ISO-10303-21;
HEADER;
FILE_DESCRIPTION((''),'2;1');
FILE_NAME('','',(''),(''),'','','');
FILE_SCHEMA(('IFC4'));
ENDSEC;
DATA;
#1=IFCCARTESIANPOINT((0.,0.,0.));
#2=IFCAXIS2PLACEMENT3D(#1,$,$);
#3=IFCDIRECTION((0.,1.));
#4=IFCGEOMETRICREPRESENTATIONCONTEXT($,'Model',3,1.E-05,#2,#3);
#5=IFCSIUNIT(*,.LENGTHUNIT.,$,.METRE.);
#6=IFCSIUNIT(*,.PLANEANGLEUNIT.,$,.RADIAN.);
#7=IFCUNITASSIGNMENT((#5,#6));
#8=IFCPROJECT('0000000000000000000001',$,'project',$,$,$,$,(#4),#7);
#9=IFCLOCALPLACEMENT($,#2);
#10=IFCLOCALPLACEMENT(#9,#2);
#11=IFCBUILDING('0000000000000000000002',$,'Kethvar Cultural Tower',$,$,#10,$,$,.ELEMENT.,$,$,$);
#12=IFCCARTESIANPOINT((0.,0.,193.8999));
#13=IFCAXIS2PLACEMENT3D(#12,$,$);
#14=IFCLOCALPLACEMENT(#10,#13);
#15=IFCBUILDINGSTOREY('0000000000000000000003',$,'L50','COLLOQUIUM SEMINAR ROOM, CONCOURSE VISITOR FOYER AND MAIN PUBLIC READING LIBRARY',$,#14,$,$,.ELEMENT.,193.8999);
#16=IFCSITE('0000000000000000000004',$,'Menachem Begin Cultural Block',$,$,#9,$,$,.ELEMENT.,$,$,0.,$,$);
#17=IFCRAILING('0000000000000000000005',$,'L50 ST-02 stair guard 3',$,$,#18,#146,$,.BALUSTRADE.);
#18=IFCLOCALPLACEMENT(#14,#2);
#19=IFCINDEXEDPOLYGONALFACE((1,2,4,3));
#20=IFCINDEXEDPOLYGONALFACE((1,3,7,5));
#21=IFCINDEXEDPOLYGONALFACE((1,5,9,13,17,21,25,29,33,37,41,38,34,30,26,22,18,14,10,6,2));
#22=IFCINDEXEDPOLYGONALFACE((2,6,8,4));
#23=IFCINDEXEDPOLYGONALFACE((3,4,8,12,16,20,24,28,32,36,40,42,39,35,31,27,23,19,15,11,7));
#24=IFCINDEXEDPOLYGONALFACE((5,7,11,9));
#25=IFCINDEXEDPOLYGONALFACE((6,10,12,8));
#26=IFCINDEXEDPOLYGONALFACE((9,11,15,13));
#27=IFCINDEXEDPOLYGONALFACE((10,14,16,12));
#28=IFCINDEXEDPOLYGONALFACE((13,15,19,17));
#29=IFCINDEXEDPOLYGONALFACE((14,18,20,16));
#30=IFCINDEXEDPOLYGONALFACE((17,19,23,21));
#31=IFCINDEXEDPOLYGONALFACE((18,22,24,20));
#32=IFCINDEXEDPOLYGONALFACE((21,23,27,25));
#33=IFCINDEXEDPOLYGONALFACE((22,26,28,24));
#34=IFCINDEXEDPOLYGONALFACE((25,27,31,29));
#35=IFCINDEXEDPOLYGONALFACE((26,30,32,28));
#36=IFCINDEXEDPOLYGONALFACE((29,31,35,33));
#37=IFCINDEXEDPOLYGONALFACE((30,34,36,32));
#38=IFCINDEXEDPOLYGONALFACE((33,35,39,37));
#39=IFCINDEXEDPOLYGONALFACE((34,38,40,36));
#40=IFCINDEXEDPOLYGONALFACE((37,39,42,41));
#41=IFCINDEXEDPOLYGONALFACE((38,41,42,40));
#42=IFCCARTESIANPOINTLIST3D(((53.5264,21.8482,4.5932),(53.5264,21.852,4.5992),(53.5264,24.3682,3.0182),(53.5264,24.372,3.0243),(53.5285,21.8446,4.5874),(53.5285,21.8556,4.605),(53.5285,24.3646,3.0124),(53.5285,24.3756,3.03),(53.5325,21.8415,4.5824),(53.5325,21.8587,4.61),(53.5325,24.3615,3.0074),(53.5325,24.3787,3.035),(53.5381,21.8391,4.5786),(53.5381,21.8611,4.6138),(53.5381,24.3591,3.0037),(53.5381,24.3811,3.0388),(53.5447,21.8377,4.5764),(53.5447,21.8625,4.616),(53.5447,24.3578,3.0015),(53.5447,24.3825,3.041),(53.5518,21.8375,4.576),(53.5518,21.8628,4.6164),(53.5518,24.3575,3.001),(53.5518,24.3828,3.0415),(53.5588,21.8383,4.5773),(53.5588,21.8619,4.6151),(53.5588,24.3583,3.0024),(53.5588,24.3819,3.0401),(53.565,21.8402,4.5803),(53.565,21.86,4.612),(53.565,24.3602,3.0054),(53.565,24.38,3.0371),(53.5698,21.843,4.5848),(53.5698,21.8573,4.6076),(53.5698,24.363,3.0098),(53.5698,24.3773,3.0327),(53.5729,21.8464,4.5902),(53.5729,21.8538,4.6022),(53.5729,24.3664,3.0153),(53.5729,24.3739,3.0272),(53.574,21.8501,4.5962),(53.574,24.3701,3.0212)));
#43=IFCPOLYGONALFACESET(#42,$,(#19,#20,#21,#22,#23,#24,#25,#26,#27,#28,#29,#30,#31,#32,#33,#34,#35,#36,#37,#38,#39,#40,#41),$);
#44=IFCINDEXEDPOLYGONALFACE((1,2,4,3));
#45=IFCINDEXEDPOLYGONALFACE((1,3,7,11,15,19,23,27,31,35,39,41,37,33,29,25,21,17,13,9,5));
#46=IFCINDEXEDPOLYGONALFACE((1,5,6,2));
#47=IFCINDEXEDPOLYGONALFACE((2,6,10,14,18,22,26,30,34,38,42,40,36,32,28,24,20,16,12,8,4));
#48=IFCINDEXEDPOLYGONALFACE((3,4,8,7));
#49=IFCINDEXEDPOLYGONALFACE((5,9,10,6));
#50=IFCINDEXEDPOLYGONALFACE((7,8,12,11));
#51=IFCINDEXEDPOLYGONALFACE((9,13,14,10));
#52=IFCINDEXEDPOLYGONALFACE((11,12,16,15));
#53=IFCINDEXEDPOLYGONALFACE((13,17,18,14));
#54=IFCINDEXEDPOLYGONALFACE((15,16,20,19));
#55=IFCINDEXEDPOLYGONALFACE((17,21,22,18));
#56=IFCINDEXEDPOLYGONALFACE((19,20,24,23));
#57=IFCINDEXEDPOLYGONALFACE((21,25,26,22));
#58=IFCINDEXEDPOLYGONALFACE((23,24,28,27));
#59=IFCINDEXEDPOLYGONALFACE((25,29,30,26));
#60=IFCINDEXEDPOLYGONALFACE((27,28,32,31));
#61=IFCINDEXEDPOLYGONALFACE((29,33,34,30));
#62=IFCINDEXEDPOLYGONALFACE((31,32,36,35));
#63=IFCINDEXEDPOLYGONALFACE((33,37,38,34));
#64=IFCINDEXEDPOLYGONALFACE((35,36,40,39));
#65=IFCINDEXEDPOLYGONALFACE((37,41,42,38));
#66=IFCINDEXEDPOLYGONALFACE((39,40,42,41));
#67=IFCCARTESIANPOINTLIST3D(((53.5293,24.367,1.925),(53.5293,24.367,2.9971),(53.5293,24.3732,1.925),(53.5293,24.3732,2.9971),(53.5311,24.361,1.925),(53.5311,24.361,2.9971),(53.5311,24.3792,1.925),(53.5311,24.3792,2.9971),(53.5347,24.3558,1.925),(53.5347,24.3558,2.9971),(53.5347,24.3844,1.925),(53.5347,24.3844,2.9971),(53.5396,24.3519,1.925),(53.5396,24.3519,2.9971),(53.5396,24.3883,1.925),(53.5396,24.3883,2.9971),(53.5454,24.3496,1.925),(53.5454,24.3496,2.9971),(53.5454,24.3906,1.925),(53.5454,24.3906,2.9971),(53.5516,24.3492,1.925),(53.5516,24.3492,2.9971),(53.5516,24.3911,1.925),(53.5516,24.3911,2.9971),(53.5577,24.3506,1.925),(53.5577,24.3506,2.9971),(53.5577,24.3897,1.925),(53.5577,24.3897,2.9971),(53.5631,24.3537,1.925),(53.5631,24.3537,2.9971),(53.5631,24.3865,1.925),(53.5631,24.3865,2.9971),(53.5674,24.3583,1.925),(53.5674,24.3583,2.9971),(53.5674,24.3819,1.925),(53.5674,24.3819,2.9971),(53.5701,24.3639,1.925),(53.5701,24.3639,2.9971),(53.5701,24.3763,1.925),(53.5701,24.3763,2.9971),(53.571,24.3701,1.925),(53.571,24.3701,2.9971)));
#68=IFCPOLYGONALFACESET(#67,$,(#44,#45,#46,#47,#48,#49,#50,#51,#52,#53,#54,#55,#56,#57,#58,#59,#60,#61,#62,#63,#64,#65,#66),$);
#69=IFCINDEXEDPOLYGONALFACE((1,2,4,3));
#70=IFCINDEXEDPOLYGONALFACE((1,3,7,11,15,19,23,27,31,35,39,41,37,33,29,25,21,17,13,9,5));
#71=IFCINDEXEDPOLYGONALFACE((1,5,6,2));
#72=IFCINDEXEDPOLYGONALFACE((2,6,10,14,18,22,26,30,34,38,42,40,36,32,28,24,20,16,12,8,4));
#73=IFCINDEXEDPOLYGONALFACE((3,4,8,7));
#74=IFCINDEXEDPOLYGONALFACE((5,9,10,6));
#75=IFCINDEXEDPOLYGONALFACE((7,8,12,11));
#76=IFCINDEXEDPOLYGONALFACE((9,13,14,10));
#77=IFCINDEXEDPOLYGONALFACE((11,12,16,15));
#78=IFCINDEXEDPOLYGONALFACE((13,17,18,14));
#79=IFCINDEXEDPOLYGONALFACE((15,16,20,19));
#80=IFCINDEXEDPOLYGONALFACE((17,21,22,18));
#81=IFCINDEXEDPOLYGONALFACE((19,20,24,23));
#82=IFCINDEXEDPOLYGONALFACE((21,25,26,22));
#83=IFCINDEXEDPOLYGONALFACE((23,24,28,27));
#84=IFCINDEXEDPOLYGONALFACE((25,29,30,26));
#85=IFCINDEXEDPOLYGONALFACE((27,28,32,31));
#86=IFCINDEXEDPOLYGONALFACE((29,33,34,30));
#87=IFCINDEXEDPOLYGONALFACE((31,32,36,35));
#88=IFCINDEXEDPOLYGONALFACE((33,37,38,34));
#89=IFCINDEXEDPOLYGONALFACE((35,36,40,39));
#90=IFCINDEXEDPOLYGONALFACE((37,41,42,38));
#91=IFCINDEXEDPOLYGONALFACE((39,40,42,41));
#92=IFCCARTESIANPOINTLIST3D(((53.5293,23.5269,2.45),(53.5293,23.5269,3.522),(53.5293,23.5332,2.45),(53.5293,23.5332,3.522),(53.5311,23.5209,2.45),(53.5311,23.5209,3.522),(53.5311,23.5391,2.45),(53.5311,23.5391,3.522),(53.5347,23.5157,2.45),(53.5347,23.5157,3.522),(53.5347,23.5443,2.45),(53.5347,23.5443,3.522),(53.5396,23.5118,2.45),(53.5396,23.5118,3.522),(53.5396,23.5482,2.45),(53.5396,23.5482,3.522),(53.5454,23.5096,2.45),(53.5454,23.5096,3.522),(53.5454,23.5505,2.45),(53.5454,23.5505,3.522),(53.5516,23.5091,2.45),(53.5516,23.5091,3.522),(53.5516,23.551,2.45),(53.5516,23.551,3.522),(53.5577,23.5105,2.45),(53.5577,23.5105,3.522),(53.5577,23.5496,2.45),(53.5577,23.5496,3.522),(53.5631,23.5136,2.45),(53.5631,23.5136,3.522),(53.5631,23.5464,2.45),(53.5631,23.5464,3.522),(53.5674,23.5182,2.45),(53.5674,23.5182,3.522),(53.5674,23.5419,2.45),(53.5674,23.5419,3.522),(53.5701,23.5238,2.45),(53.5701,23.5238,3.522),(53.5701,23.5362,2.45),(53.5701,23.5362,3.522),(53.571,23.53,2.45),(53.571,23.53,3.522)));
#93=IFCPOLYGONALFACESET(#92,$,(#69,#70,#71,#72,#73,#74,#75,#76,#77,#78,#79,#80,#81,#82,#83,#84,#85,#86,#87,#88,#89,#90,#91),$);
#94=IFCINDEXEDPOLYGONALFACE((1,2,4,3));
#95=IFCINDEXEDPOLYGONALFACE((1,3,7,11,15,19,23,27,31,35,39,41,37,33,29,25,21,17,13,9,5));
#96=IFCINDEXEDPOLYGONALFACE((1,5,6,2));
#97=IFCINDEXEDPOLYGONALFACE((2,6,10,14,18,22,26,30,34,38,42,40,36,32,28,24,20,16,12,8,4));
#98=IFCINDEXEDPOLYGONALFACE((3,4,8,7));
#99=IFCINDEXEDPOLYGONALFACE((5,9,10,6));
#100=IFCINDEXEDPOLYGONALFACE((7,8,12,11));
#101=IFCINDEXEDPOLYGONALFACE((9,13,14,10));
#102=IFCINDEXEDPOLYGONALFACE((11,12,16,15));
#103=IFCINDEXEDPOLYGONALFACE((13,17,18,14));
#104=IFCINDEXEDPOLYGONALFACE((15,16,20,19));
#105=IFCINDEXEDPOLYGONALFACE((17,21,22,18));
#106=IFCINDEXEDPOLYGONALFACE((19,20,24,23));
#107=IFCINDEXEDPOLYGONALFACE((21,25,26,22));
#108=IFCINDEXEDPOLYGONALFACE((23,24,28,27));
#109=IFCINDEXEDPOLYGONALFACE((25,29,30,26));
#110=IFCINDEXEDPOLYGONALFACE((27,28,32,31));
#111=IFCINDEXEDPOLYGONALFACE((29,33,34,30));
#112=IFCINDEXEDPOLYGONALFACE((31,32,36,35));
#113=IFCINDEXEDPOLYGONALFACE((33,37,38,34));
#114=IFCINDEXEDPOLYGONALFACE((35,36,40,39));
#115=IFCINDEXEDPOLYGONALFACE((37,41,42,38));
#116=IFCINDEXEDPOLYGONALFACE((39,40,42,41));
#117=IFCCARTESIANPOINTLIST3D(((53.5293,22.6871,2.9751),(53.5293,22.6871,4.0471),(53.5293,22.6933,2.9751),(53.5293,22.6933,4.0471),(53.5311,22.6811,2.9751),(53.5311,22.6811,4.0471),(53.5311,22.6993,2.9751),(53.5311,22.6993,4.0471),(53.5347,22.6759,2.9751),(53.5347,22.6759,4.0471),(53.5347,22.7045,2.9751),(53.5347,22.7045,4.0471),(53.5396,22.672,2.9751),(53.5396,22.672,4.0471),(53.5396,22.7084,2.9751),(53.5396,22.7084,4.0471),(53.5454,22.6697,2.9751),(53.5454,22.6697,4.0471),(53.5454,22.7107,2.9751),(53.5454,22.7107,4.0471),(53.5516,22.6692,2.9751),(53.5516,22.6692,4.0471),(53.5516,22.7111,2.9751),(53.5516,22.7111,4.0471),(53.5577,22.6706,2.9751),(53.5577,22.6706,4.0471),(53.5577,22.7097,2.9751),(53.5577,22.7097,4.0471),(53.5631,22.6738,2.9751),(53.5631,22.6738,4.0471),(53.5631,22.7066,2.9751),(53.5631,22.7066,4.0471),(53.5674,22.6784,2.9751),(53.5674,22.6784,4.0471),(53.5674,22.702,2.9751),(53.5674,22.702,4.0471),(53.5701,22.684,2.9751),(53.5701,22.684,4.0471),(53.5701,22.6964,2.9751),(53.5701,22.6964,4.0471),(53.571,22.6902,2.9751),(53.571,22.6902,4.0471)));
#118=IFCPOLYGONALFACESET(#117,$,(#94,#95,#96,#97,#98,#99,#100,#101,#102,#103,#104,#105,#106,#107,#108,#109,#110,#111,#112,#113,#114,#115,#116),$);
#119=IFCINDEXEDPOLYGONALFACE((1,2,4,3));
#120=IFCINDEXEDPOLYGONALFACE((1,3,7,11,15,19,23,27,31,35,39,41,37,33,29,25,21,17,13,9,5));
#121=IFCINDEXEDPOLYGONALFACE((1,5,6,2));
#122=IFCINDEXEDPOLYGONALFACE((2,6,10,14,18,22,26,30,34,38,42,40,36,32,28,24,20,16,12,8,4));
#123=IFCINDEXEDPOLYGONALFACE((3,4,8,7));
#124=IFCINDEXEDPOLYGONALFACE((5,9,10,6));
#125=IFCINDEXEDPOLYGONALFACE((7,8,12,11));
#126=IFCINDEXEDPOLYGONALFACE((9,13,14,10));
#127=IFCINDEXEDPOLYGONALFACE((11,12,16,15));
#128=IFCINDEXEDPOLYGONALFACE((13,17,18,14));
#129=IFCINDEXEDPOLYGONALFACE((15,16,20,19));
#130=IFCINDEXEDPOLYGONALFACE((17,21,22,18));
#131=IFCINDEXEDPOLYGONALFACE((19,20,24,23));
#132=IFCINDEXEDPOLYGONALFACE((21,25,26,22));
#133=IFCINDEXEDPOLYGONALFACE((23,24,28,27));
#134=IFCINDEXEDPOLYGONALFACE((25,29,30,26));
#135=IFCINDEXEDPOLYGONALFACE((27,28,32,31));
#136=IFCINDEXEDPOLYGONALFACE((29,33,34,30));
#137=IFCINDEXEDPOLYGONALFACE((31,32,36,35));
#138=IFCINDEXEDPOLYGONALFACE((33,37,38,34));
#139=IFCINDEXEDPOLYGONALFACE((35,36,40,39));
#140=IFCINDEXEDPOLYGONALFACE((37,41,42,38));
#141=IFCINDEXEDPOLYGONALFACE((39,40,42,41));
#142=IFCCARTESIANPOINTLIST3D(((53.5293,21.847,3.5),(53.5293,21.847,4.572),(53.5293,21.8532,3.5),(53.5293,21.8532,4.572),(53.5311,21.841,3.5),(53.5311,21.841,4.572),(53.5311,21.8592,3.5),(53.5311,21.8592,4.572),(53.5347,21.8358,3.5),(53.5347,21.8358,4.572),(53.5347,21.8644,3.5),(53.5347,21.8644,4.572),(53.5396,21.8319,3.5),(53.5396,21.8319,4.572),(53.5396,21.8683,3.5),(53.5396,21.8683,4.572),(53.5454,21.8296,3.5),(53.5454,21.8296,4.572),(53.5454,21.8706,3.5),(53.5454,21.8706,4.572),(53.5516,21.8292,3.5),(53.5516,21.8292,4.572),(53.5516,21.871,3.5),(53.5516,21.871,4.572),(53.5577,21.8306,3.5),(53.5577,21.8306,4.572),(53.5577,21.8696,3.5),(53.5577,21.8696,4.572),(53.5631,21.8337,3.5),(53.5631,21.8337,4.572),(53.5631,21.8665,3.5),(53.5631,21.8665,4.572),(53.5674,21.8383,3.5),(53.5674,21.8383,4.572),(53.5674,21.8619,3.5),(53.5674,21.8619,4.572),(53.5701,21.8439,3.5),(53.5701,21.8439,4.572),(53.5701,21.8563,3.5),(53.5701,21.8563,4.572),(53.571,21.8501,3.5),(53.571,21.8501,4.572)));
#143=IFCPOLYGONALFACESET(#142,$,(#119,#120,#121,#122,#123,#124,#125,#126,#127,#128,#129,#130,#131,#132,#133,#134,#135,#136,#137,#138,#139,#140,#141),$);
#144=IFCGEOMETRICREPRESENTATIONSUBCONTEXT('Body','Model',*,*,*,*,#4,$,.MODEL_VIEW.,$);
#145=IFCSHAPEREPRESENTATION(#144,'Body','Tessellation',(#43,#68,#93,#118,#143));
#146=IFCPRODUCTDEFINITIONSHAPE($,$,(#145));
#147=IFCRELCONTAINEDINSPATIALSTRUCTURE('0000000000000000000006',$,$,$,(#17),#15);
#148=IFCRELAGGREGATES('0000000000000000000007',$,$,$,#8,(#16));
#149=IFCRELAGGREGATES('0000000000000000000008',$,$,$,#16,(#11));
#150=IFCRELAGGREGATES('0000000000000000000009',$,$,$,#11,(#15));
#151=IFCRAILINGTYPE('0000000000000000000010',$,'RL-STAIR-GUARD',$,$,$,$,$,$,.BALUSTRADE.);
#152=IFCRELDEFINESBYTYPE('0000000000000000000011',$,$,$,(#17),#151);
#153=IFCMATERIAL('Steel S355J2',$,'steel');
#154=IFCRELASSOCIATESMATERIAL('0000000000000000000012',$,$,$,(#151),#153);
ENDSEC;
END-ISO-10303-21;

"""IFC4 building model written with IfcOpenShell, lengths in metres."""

from ifc_helpers import new_model, si_unit, direction, frame, origin, origin_2d, place, context, subcontext, project, spatial, circle, extrude, material, type_object, element, save


model = new_model("IFC4")

# Units and contexts
model_context = context("Model", 3, precision=1e-05, world=origin(), true_north=direction((0.0, 1.0)))
body_context = subcontext(model_context, "Body", "Model", "MODEL_VIEW")
ifc_project = project(units=[si_unit("LENGTHUNIT", "METRE"), si_unit("PLANEANGLEUNIT", "RADIAN")], contexts=[model_context])

# Site, building, storey
site_placement = place(None, origin())
site = spatial("IfcSite", under=ifc_project, at=site_placement, Name="Menachem Begin Cultural Block", CompositionType="ELEMENT", RefElevation=0.0)
building_placement = place(site_placement, origin())
building = spatial("IfcBuilding", under=site, at=building_placement, Name="Kethvar Cultural Tower", CompositionType="ELEMENT")
storey_placement = place(building_placement, frame((0.0, 0.0, 193.8999)))
storey = spatial("IfcBuildingStorey", under=building, at=storey_placement, Name="L50", Description="COLLOQUIUM SEMINAR ROOM, CONCOURSE VISITOR FOYER AND MAIN PUBLIC READING LIBRARY", CompositionType="ELEMENT", Elevation=193.8999)

# Shared definitions
ifc_material_1 = material(Name="Steel S355J2", Category="steel")

# Railing
railing_type_1 = type_object("IfcRailingType", Name="RL-STAIR-GUARD", PredefinedType="BALUSTRADE", material=ifc_material_1)
railing_1_placement = place(storey_placement, frame((53.55, 24.3701, 1.925)))
element("IfcRailing", 1, at=railing_1_placement, inside=storey, type_object=railing_type_1, Name="L50 ST-02 stair guard 3", PredefinedType="BALUSTRADE", context=body_context, shape_type="SweptSolid", body=[
    extrude(circle(Radius=0.0239, at=origin_2d()), frame((0.0, 0.0, 1.0962), z_axis=(0.0, -0.848008, 0.529984), x_axis=(1.0, 0.0, 0.0)), (0.0, 0.0, 1.0), 2.9717),
    extrude(circle(Radius=0.021, at=origin_2d()), origin(), (0.0, 0.0, 1.0), 1.072),
    extrude(circle(Radius=0.021, at=origin_2d()), frame((0.0, -0.8401, 0.5249)), (0.0, 0.0, 1.0), 1.072),
    extrude(circle(Radius=0.021, at=origin_2d()), frame((0.0, -1.6799, 1.05)), (0.0, 0.0, 1.0), 1.072),
    extrude(circle(Radius=0.021, at=origin_2d()), frame((0.0, -2.52, 1.575)), (0.0, 0.0, 1.0), 1.072),
])

save(model, "model.ifc")
